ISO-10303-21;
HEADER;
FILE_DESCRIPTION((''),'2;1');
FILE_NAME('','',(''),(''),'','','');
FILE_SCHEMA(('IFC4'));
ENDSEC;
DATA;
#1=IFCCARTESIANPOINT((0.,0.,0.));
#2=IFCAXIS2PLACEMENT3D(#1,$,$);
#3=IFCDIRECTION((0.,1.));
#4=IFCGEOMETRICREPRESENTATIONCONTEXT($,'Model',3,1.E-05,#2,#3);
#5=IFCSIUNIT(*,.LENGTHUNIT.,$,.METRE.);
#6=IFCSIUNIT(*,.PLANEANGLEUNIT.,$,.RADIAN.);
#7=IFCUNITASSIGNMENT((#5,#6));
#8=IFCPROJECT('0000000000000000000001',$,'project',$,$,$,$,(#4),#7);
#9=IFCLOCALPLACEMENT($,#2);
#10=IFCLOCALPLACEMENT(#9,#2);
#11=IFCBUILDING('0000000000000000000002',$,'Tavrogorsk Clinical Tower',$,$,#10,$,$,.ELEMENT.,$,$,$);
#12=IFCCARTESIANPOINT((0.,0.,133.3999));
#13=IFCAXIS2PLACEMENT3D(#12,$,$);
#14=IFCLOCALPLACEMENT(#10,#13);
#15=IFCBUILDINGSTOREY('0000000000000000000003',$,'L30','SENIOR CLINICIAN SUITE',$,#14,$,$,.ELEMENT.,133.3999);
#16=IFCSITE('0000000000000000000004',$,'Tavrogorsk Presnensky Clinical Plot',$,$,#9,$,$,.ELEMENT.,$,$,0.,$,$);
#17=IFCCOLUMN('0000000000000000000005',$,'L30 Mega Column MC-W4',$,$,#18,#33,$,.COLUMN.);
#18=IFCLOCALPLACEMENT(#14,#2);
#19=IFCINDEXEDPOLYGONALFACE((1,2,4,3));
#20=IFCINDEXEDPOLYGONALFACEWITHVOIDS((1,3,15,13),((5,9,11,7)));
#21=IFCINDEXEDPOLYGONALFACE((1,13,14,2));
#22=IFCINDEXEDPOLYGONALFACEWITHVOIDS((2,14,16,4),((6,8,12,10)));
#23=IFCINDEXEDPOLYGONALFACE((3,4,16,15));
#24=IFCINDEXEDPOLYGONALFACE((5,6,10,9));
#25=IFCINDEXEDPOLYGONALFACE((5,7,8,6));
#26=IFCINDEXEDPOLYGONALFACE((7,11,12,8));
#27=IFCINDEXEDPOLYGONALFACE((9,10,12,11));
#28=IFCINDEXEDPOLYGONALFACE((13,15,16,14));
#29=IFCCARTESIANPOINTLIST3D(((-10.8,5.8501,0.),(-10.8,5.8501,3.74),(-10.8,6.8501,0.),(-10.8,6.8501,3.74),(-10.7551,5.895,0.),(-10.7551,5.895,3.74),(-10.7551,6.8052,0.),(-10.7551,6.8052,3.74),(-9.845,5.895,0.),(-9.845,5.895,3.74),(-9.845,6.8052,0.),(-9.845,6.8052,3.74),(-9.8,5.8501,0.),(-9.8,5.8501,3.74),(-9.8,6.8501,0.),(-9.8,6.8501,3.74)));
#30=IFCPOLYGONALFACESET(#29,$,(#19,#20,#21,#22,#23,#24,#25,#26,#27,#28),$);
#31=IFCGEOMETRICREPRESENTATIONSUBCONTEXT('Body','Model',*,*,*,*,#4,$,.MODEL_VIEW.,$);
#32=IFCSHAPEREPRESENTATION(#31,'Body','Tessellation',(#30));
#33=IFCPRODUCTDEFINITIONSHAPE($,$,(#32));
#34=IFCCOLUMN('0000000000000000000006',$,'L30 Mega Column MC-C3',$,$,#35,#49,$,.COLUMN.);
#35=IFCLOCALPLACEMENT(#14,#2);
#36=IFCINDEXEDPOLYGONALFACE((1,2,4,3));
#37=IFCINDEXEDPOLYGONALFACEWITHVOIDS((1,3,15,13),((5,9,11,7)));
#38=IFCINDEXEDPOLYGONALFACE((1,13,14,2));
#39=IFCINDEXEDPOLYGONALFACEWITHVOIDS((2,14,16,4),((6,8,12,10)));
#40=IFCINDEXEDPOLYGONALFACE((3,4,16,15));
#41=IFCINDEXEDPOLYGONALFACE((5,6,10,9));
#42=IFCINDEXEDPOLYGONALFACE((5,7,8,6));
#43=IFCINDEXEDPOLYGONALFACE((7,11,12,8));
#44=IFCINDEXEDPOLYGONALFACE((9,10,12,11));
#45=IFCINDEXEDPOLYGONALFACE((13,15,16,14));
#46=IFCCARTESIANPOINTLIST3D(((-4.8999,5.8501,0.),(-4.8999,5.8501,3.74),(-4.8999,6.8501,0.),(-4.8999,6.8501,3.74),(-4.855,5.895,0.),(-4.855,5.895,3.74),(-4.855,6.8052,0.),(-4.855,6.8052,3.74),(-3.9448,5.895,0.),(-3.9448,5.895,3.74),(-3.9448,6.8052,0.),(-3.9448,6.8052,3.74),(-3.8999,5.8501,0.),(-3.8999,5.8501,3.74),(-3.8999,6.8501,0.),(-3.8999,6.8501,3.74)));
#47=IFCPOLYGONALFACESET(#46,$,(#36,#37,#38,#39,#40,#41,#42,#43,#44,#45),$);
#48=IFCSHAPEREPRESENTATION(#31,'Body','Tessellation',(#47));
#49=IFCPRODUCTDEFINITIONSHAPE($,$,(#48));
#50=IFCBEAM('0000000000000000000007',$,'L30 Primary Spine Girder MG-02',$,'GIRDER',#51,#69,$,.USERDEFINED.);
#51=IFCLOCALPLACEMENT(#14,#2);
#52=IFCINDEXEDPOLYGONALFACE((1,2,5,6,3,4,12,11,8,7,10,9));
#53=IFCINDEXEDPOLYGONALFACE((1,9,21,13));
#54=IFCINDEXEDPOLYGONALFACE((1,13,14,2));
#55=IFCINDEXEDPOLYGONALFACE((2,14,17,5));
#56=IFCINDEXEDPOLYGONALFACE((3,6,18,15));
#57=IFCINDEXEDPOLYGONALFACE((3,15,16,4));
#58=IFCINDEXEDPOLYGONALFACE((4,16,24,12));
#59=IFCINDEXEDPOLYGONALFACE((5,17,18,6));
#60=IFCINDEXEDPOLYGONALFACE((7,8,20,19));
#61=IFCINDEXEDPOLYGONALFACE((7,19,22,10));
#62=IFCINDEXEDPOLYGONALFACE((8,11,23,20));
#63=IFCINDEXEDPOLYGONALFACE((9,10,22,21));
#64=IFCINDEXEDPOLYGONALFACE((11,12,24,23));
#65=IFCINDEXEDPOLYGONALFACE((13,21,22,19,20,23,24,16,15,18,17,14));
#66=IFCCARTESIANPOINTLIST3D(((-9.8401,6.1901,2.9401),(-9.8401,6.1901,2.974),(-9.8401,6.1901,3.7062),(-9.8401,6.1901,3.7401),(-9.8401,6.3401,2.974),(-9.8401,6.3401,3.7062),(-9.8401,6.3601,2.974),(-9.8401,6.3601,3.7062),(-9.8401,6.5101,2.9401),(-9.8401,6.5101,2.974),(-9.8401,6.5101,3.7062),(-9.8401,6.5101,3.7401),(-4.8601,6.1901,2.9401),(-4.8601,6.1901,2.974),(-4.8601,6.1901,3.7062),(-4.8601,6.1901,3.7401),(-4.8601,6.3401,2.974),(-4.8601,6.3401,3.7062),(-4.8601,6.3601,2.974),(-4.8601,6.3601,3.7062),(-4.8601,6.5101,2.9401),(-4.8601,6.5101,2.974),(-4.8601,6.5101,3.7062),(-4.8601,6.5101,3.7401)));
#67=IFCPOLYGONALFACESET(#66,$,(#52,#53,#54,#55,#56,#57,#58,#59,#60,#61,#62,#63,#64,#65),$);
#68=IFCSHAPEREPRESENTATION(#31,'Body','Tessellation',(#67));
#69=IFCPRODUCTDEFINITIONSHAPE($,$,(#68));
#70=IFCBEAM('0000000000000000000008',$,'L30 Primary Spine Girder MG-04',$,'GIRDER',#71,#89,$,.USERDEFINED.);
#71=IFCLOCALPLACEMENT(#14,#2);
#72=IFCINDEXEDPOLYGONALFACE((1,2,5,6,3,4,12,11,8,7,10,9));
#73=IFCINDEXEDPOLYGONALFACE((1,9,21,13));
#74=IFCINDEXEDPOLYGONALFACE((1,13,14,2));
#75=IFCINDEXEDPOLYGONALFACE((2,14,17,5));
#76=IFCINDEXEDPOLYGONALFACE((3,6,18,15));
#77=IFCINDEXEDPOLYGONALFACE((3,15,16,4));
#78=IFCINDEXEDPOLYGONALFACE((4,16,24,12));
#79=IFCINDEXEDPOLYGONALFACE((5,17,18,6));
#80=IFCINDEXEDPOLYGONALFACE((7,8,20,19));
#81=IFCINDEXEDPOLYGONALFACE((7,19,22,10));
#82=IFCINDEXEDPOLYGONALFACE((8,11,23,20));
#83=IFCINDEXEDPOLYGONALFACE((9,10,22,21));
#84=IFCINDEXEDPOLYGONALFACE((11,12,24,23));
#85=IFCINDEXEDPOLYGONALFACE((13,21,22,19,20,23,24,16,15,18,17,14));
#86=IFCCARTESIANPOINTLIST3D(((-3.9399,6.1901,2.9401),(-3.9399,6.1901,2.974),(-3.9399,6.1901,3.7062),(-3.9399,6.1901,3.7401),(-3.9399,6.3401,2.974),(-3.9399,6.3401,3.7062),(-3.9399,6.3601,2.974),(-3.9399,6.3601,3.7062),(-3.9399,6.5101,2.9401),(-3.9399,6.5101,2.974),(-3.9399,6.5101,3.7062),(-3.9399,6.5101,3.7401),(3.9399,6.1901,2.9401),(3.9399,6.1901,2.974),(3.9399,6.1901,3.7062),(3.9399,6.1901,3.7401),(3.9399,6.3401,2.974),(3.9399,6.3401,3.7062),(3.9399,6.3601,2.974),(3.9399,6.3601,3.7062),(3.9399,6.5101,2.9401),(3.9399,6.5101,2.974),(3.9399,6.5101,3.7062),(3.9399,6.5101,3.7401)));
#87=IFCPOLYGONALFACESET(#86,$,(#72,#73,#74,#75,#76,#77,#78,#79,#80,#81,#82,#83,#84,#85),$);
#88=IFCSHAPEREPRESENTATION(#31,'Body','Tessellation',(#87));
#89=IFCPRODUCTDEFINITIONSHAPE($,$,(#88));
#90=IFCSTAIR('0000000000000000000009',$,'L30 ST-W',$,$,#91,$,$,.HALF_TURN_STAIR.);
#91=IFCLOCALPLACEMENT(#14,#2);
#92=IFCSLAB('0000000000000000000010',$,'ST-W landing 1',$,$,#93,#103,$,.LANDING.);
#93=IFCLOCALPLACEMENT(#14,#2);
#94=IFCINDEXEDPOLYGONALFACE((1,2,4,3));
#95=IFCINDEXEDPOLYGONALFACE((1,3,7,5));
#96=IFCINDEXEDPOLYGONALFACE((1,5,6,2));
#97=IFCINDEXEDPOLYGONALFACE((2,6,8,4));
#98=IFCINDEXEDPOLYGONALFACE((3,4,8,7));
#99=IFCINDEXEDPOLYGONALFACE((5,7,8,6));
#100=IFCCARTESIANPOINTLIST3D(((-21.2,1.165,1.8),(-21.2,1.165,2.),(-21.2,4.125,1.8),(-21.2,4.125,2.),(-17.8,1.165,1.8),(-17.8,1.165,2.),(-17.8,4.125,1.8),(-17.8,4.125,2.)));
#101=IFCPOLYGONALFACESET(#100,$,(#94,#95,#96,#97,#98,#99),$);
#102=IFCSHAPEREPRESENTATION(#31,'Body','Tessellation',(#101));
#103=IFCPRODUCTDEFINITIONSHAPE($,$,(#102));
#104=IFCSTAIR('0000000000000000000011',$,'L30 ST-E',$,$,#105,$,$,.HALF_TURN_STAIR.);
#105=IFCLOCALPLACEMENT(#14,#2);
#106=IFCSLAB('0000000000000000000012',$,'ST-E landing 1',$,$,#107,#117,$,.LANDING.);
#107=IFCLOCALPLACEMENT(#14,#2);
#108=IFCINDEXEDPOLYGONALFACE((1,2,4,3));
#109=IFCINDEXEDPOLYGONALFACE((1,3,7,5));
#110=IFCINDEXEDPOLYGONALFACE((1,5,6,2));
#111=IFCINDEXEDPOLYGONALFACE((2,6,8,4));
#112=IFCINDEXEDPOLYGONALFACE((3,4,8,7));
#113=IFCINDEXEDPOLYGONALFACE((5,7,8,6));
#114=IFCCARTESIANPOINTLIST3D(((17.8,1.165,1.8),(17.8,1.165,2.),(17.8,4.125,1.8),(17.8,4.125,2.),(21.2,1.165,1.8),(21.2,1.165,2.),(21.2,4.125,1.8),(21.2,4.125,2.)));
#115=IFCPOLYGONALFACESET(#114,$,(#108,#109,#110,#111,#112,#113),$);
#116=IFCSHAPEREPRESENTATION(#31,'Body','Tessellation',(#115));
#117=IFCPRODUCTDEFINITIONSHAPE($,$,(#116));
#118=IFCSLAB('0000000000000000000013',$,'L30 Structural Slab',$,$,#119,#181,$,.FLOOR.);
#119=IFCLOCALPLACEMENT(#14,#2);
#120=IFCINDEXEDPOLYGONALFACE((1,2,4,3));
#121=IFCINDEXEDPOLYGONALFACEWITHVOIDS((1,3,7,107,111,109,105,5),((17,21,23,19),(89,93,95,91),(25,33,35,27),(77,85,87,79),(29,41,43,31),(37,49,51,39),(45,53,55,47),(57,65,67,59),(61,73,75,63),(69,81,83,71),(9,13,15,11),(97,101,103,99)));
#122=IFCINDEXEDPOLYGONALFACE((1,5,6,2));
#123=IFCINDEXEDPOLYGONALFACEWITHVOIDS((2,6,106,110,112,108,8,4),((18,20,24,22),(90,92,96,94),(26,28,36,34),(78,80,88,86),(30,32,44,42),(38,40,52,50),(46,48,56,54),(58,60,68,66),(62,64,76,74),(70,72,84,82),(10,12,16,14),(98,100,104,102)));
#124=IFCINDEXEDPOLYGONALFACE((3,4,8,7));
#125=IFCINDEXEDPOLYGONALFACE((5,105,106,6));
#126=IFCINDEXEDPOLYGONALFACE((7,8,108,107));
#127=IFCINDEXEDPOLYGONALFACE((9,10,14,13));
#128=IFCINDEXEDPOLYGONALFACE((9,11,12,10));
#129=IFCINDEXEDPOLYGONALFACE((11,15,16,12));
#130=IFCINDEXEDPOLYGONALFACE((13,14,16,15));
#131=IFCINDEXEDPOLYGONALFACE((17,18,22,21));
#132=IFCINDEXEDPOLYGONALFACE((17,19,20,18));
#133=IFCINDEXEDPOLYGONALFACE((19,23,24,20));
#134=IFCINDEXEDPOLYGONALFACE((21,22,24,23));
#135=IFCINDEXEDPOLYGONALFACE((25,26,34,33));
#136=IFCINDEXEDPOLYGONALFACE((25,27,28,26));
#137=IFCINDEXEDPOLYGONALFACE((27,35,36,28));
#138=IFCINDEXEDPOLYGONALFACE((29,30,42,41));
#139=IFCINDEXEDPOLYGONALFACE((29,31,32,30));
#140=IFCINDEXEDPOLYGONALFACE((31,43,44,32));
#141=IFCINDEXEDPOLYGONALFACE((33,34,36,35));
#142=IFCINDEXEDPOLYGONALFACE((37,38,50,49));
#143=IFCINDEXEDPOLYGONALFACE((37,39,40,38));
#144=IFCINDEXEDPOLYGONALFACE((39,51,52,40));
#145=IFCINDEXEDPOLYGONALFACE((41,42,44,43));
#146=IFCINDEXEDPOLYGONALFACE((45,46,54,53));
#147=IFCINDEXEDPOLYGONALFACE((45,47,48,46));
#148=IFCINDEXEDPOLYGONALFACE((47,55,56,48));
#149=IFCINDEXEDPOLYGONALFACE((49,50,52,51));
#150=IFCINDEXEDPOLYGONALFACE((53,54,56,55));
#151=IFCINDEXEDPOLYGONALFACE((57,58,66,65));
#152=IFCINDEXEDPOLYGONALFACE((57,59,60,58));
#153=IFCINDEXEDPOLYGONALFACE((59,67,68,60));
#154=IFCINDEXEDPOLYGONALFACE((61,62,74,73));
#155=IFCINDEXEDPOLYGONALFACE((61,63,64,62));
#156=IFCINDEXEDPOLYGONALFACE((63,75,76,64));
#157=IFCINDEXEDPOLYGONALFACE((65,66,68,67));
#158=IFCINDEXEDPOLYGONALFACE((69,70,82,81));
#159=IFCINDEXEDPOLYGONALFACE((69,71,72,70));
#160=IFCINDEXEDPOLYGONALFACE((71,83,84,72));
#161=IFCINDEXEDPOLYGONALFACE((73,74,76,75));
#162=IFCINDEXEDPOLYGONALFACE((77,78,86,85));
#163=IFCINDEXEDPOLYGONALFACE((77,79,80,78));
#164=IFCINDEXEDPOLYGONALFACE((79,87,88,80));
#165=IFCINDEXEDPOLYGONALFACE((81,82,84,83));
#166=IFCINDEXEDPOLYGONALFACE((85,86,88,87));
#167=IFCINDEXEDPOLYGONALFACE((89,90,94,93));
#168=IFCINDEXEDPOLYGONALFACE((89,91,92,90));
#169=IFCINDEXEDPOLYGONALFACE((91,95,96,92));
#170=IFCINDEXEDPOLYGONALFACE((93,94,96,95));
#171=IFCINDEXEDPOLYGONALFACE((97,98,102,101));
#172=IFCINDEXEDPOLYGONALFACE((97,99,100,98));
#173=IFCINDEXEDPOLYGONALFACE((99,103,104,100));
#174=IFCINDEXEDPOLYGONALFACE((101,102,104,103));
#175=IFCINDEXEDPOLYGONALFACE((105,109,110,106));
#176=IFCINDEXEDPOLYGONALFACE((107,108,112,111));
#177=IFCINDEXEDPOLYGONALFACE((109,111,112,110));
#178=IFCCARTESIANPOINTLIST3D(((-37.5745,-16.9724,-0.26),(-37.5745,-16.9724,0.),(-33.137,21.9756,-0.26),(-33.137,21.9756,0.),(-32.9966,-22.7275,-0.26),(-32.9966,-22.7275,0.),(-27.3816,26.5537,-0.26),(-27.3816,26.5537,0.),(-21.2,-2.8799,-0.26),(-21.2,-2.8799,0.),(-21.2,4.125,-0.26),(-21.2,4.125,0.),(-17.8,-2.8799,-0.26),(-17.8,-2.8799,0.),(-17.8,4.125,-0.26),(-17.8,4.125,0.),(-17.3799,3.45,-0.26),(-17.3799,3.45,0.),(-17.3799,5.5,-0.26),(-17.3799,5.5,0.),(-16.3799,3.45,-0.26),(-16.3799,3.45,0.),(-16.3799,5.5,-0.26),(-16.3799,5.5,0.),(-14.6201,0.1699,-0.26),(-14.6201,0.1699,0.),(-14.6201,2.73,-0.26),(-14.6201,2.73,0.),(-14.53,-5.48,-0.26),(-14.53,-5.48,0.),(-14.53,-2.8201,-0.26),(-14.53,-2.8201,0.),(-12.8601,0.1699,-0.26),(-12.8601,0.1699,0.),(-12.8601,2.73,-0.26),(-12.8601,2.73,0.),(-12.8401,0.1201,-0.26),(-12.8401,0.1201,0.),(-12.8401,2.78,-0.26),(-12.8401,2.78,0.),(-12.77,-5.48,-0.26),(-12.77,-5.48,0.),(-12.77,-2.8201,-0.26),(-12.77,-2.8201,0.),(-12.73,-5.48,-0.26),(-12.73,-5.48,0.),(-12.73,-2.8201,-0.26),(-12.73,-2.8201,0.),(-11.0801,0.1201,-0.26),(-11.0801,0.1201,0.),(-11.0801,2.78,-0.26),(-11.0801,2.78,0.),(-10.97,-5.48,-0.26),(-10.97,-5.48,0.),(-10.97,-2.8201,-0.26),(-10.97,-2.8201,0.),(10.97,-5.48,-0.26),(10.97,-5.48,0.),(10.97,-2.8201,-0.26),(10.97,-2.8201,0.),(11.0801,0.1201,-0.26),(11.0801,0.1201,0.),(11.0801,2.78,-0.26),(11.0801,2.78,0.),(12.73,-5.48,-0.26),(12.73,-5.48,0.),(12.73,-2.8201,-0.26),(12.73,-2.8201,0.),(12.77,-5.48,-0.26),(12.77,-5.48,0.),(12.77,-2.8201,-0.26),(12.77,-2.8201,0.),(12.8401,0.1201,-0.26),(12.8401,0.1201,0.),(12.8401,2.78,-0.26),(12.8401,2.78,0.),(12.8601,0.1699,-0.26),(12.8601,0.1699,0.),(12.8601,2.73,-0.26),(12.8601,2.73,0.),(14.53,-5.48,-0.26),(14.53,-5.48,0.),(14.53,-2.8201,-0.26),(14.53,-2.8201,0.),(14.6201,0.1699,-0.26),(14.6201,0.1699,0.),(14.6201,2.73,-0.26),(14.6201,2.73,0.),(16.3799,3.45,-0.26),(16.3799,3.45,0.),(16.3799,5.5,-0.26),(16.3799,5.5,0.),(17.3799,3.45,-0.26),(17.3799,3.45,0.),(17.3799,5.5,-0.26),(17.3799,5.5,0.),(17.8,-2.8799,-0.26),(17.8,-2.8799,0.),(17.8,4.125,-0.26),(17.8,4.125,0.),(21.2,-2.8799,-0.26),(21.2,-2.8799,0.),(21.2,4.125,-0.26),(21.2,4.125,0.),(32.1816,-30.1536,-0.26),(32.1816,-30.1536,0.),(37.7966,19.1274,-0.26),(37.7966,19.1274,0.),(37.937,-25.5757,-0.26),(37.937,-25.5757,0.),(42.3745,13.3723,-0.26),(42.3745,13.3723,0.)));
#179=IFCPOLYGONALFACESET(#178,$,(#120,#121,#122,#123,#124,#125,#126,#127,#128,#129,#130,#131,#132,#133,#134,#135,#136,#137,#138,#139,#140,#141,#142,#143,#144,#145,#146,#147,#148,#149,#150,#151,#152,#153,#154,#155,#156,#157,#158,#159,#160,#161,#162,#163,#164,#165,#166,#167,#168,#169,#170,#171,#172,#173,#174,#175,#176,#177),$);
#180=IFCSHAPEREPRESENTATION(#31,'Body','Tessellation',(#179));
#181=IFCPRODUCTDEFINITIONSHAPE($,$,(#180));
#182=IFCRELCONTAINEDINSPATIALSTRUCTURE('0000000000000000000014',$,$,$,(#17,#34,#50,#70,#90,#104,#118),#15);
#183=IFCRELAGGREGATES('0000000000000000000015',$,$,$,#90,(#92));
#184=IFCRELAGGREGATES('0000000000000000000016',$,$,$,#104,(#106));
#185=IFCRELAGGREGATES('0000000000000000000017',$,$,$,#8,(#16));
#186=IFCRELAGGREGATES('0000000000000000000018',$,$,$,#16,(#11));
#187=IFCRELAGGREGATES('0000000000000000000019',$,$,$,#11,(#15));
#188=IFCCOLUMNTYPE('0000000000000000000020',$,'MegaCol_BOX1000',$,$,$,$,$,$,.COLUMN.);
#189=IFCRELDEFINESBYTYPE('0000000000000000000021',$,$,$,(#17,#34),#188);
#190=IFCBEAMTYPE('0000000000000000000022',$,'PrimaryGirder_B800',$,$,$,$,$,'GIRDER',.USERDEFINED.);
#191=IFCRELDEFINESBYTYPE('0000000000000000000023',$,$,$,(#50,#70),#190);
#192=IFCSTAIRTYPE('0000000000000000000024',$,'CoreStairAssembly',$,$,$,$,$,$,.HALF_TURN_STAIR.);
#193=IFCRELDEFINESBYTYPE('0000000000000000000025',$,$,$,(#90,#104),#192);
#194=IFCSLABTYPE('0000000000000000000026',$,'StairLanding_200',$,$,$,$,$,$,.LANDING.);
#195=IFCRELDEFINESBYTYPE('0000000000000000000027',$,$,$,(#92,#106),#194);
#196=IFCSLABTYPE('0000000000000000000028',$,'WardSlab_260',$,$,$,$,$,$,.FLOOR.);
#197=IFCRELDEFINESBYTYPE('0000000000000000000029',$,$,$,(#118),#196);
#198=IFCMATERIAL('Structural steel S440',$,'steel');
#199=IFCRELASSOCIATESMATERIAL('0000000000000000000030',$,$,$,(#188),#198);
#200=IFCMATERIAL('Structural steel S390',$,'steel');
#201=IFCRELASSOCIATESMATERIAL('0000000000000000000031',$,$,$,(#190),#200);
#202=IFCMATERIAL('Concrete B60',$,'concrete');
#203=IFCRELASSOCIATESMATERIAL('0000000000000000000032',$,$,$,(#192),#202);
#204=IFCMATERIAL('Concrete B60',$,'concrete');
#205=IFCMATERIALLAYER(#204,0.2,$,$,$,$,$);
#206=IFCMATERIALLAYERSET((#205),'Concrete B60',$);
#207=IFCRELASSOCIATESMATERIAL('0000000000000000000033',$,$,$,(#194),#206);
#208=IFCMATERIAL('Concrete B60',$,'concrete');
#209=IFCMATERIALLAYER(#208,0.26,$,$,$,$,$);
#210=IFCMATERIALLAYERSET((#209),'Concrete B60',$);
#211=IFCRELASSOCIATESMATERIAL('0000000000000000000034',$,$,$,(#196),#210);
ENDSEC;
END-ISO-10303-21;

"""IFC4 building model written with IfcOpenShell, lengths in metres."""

from ifc_helpers import new_model, si_unit, direction, frame, origin, origin_2d, place, context, subcontext, project, spatial, polyline, hollow_rectangle, i_section, outline, extrude, material, layer, layer_set, material_profile, profile_set, type_object, element, aggregate, save


model = new_model("IFC4")

# Units and contexts
model_context = context("Model", 3, precision=1e-05, world=origin(), true_north=direction((0.0, 1.0)))
body_context = subcontext(model_context, "Body", "Model", "MODEL_VIEW")
ifc_project = project(units=[si_unit("LENGTHUNIT", "METRE"), si_unit("PLANEANGLEUNIT", "RADIAN")], contexts=[model_context])

# Site, building, storey
site_placement = place(None, origin())
site = spatial("IfcSite", under=ifc_project, at=site_placement, Name="Tavrogorsk Presnensky Clinical Plot", CompositionType="ELEMENT", RefElevation=0.0)
building_placement = place(site_placement, origin())
building = spatial("IfcBuilding", under=site, at=building_placement, Name="Tavrogorsk Clinical Tower", CompositionType="ELEMENT")
storey_placement = place(building_placement, frame((0.0, 0.0, 133.3999)))
storey = spatial("IfcBuildingStorey", under=building, at=storey_placement, Name="L30", Description="SENIOR CLINICIAN SUITE", CompositionType="ELEMENT", Elevation=133.3999)

# Columns
ifc_material_1 = material(Name="Structural steel S440", Category="steel")
ifc_material_profile_1 = material_profile(ifc_material_1, hollow_rectangle(XDim=1.0, YDim=1.0, WallThickness=0.0449, at=origin_2d()), Name="BOX-1000x1000x45")
ifc_profile_set_1 = profile_set([ifc_material_profile_1], Name="Structural steel S440")
column_type = type_object("IfcColumnType", Name="MegaCol_BOX1000", PredefinedType="COLUMN", material=ifc_profile_set_1)
for number, where, z_axis, x_axis, name in (
    (1, (-10.3, 6.3501, 0.0), (0.0, 0.0, 1.0), (1.0, 0.0, 0.0), "L30 Mega Column MC-W4"),
    (2, (-4.3999, 6.3501, 0.0), (0.0, 0.0, 1.0), (1.0, 0.0, 0.0), "L30 Mega Column MC-C3"),
):
    element("IfcColumn", number, at=place(storey_placement, frame(where, z_axis=z_axis, x_axis=x_axis)), inside=storey, type_object=column_type, Name=name, PredefinedType="COLUMN", context=body_context, shape_type="SweptSolid", body=[
        extrude(hollow_rectangle(XDim=1.0, YDim=1.0, WallThickness=0.0449, at=origin_2d()), origin(), (0.0, 0.0, 1.0), 3.74),
    ])

# Beams
ifc_material_2 = material(Name="Structural steel S390", Category="steel")
ifc_material_profile_2 = material_profile(ifc_material_2, i_section(OverallWidth=0.3201, OverallDepth=0.8, WebThickness=0.02, FlangeThickness=0.0339, at=origin_2d()), Name="B-800x320x20x34")
ifc_profile_set_2 = profile_set([ifc_material_profile_2], Name="Structural steel S390")
beam_type = type_object("IfcBeamType", Name="PrimaryGirder_B800", ElementType="GIRDER", PredefinedType="USERDEFINED", material=ifc_profile_set_2)
beam_1_placement = place(storey_placement, frame((-9.8401, 6.3501, 3.3401), z_axis=(1.0, 0.0, 0.0), x_axis=(0.0, 1.0, 0.0)))
element("IfcBeam", 3, at=beam_1_placement, inside=storey, type_object=beam_type, Name="L30 Primary Spine Girder MG-02", ObjectType="GIRDER", PredefinedType="USERDEFINED", context=body_context, shape_type="SweptSolid", body=[
    extrude(i_section(OverallWidth=0.3201, OverallDepth=0.8, WebThickness=0.02, FlangeThickness=0.0339, at=origin_2d()), origin(), (0.0, 0.0, 1.0), 4.98),
])
beam_2_placement = place(storey_placement, frame((-3.9399, 6.3501, 3.3401), z_axis=(1.0, 0.0, 0.0), x_axis=(0.0, 1.0, 0.0)))
element("IfcBeam", 4, at=beam_2_placement, inside=storey, type_object=beam_type, Name="L30 Primary Spine Girder MG-04", ObjectType="GIRDER", PredefinedType="USERDEFINED", context=body_context, shape_type="SweptSolid", body=[
    extrude(i_section(OverallWidth=0.3201, OverallDepth=0.8, WebThickness=0.02, FlangeThickness=0.0339, at=origin_2d()), origin(), (0.0, 0.0, 1.0), 7.8799),
])

# Stairs, slabs
ifc_material_3 = material(Name="Concrete B60", Category="concrete")
stair_type = type_object("IfcStairType", Name="CoreStairAssembly", PredefinedType="HALF_TURN_STAIR", material=ifc_material_3)
stair_1_placement = place(storey_placement, origin())
stair_1 = element("IfcStair", 5, at=stair_1_placement, inside=storey, type_object=stair_type, Name="L30 ST-W", PredefinedType="HALF_TURN_STAIR")
ifc_material_4 = material(Name="Concrete B60", Category="concrete")
ifc_layer_1 = layer(ifc_material_4, 0.2)
ifc_layer_set_1 = layer_set([ifc_layer_1], Name="Concrete B60")
slab_type_1 = type_object("IfcSlabType", Name="StairLanding_200", PredefinedType="LANDING", material=ifc_layer_set_1)
slab_1_placement = place(storey_placement, frame((0.0, 0.0, 1.8)))
slab_1 = element("IfcSlab", 6, at=slab_1_placement, type_object=slab_type_1, Name="ST-W landing 1", PredefinedType="LANDING", context=body_context, shape_type="SweptSolid", body=[
    extrude(outline(polyline([(-17.8, 1.165), (-17.8, 4.125), (-21.2, 4.125), (-21.2, 1.165), (-17.8, 1.165)])), origin(), (0.0, 0.0, 1.0), 0.2),
])
aggregate(stair_1, [slab_1])
stair_2_placement = place(storey_placement, origin())
stair_2 = element("IfcStair", 7, at=stair_2_placement, inside=storey, type_object=stair_type, Name="L30 ST-E", PredefinedType="HALF_TURN_STAIR")
slab_2_placement = place(storey_placement, frame((0.0, 0.0, 1.8)))
slab_2 = element("IfcSlab", 8, at=slab_2_placement, type_object=slab_type_1, Name="ST-E landing 1", PredefinedType="LANDING", context=body_context, shape_type="SweptSolid", body=[
    extrude(outline(polyline([(21.2, 1.165), (21.2, 4.125), (17.8, 4.125), (17.8, 1.165), (21.2, 1.165)])), origin(), (0.0, 0.0, 1.0), 0.2),
])
aggregate(stair_2, [slab_2])

# Slab
ifc_material_5 = material(Name="Concrete B60", Category="concrete")
ifc_layer_2 = layer(ifc_material_5, 0.26)
ifc_layer_set_2 = layer_set([ifc_layer_2], Name="Concrete B60")
slab_type_2 = type_object("IfcSlabType", Name="WardSlab_260", PredefinedType="FLOOR", material=ifc_layer_set_2)
slab_3_placement = place(storey_placement, frame((0.0, 0.0, -0.26)))
element("IfcSlab", 9, at=slab_3_placement, inside=storey, type_object=slab_type_2, Name="L30 Structural Slab", PredefinedType="FLOOR", context=body_context, shape_type="SweptSolid", body=[
    extrude(outline(polyline([(-32.9966, -22.7275), (32.1816, -30.1536), (37.937, -25.5757), (42.3745, 13.3723), (37.7966, 19.1274), (-27.3816, 26.5537), (-33.137, 21.9756), (-37.5745, -16.9724), (-32.9966, -22.7275)]), holes=[polyline([(-17.8, -2.8799), (-17.8, 4.125), (-21.2, 4.125), (-21.2, -2.8799), (-17.8, -2.8799)]), polyline([(21.2, -2.8799), (21.2, 4.125), (17.8, 4.125), (17.8, -2.8799), (21.2, -2.8799)]), polyline([(-14.6201, 0.1699), (-12.8601, 0.1699), (-12.8601, 2.73), (-14.6201, 2.73), (-14.6201, 0.1699)]), polyline([(-14.53, -5.48), (-12.77, -5.48), (-12.77, -2.8201), (-14.53, -2.8201), (-14.53, -5.48)]), polyline([(-12.73, -5.48), (-10.97, -5.48), (-10.97, -2.8201), (-12.73, -2.8201), (-12.73, -5.48)]), polyline([(-12.8401, 0.1201), (-11.0801, 0.1201), (-11.0801, 2.78), (-12.8401, 2.78), (-12.8401, 0.1201)]), polyline([(12.8601, 0.1699), (14.6201, 0.1699), (14.6201, 2.73), (12.8601, 2.73), (12.8601, 0.1699)]), polyline([(12.77, -5.48), (14.53, -5.48), (14.53, -2.8201), (12.77, -2.8201), (12.77, -5.48)]), polyline([(10.97, -5.48), (12.73, -5.48), (12.73, -2.8201), (10.97, -2.8201), (10.97, -5.48)]), polyline([(11.0801, 0.1201), (12.8401, 0.1201), (12.8401, 2.78), (11.0801, 2.78), (11.0801, 0.1201)]), polyline([(-17.3799, 3.45), (-16.3799, 3.45), (-16.3799, 5.5), (-17.3799, 5.5), (-17.3799, 3.45)]), polyline([(16.3799, 3.45), (17.3799, 3.45), (17.3799, 5.5), (16.3799, 5.5), (16.3799, 3.45)])]), origin(), (0.0, 0.0, 1.0), 0.26),
])

save(model, "model.ifc")
